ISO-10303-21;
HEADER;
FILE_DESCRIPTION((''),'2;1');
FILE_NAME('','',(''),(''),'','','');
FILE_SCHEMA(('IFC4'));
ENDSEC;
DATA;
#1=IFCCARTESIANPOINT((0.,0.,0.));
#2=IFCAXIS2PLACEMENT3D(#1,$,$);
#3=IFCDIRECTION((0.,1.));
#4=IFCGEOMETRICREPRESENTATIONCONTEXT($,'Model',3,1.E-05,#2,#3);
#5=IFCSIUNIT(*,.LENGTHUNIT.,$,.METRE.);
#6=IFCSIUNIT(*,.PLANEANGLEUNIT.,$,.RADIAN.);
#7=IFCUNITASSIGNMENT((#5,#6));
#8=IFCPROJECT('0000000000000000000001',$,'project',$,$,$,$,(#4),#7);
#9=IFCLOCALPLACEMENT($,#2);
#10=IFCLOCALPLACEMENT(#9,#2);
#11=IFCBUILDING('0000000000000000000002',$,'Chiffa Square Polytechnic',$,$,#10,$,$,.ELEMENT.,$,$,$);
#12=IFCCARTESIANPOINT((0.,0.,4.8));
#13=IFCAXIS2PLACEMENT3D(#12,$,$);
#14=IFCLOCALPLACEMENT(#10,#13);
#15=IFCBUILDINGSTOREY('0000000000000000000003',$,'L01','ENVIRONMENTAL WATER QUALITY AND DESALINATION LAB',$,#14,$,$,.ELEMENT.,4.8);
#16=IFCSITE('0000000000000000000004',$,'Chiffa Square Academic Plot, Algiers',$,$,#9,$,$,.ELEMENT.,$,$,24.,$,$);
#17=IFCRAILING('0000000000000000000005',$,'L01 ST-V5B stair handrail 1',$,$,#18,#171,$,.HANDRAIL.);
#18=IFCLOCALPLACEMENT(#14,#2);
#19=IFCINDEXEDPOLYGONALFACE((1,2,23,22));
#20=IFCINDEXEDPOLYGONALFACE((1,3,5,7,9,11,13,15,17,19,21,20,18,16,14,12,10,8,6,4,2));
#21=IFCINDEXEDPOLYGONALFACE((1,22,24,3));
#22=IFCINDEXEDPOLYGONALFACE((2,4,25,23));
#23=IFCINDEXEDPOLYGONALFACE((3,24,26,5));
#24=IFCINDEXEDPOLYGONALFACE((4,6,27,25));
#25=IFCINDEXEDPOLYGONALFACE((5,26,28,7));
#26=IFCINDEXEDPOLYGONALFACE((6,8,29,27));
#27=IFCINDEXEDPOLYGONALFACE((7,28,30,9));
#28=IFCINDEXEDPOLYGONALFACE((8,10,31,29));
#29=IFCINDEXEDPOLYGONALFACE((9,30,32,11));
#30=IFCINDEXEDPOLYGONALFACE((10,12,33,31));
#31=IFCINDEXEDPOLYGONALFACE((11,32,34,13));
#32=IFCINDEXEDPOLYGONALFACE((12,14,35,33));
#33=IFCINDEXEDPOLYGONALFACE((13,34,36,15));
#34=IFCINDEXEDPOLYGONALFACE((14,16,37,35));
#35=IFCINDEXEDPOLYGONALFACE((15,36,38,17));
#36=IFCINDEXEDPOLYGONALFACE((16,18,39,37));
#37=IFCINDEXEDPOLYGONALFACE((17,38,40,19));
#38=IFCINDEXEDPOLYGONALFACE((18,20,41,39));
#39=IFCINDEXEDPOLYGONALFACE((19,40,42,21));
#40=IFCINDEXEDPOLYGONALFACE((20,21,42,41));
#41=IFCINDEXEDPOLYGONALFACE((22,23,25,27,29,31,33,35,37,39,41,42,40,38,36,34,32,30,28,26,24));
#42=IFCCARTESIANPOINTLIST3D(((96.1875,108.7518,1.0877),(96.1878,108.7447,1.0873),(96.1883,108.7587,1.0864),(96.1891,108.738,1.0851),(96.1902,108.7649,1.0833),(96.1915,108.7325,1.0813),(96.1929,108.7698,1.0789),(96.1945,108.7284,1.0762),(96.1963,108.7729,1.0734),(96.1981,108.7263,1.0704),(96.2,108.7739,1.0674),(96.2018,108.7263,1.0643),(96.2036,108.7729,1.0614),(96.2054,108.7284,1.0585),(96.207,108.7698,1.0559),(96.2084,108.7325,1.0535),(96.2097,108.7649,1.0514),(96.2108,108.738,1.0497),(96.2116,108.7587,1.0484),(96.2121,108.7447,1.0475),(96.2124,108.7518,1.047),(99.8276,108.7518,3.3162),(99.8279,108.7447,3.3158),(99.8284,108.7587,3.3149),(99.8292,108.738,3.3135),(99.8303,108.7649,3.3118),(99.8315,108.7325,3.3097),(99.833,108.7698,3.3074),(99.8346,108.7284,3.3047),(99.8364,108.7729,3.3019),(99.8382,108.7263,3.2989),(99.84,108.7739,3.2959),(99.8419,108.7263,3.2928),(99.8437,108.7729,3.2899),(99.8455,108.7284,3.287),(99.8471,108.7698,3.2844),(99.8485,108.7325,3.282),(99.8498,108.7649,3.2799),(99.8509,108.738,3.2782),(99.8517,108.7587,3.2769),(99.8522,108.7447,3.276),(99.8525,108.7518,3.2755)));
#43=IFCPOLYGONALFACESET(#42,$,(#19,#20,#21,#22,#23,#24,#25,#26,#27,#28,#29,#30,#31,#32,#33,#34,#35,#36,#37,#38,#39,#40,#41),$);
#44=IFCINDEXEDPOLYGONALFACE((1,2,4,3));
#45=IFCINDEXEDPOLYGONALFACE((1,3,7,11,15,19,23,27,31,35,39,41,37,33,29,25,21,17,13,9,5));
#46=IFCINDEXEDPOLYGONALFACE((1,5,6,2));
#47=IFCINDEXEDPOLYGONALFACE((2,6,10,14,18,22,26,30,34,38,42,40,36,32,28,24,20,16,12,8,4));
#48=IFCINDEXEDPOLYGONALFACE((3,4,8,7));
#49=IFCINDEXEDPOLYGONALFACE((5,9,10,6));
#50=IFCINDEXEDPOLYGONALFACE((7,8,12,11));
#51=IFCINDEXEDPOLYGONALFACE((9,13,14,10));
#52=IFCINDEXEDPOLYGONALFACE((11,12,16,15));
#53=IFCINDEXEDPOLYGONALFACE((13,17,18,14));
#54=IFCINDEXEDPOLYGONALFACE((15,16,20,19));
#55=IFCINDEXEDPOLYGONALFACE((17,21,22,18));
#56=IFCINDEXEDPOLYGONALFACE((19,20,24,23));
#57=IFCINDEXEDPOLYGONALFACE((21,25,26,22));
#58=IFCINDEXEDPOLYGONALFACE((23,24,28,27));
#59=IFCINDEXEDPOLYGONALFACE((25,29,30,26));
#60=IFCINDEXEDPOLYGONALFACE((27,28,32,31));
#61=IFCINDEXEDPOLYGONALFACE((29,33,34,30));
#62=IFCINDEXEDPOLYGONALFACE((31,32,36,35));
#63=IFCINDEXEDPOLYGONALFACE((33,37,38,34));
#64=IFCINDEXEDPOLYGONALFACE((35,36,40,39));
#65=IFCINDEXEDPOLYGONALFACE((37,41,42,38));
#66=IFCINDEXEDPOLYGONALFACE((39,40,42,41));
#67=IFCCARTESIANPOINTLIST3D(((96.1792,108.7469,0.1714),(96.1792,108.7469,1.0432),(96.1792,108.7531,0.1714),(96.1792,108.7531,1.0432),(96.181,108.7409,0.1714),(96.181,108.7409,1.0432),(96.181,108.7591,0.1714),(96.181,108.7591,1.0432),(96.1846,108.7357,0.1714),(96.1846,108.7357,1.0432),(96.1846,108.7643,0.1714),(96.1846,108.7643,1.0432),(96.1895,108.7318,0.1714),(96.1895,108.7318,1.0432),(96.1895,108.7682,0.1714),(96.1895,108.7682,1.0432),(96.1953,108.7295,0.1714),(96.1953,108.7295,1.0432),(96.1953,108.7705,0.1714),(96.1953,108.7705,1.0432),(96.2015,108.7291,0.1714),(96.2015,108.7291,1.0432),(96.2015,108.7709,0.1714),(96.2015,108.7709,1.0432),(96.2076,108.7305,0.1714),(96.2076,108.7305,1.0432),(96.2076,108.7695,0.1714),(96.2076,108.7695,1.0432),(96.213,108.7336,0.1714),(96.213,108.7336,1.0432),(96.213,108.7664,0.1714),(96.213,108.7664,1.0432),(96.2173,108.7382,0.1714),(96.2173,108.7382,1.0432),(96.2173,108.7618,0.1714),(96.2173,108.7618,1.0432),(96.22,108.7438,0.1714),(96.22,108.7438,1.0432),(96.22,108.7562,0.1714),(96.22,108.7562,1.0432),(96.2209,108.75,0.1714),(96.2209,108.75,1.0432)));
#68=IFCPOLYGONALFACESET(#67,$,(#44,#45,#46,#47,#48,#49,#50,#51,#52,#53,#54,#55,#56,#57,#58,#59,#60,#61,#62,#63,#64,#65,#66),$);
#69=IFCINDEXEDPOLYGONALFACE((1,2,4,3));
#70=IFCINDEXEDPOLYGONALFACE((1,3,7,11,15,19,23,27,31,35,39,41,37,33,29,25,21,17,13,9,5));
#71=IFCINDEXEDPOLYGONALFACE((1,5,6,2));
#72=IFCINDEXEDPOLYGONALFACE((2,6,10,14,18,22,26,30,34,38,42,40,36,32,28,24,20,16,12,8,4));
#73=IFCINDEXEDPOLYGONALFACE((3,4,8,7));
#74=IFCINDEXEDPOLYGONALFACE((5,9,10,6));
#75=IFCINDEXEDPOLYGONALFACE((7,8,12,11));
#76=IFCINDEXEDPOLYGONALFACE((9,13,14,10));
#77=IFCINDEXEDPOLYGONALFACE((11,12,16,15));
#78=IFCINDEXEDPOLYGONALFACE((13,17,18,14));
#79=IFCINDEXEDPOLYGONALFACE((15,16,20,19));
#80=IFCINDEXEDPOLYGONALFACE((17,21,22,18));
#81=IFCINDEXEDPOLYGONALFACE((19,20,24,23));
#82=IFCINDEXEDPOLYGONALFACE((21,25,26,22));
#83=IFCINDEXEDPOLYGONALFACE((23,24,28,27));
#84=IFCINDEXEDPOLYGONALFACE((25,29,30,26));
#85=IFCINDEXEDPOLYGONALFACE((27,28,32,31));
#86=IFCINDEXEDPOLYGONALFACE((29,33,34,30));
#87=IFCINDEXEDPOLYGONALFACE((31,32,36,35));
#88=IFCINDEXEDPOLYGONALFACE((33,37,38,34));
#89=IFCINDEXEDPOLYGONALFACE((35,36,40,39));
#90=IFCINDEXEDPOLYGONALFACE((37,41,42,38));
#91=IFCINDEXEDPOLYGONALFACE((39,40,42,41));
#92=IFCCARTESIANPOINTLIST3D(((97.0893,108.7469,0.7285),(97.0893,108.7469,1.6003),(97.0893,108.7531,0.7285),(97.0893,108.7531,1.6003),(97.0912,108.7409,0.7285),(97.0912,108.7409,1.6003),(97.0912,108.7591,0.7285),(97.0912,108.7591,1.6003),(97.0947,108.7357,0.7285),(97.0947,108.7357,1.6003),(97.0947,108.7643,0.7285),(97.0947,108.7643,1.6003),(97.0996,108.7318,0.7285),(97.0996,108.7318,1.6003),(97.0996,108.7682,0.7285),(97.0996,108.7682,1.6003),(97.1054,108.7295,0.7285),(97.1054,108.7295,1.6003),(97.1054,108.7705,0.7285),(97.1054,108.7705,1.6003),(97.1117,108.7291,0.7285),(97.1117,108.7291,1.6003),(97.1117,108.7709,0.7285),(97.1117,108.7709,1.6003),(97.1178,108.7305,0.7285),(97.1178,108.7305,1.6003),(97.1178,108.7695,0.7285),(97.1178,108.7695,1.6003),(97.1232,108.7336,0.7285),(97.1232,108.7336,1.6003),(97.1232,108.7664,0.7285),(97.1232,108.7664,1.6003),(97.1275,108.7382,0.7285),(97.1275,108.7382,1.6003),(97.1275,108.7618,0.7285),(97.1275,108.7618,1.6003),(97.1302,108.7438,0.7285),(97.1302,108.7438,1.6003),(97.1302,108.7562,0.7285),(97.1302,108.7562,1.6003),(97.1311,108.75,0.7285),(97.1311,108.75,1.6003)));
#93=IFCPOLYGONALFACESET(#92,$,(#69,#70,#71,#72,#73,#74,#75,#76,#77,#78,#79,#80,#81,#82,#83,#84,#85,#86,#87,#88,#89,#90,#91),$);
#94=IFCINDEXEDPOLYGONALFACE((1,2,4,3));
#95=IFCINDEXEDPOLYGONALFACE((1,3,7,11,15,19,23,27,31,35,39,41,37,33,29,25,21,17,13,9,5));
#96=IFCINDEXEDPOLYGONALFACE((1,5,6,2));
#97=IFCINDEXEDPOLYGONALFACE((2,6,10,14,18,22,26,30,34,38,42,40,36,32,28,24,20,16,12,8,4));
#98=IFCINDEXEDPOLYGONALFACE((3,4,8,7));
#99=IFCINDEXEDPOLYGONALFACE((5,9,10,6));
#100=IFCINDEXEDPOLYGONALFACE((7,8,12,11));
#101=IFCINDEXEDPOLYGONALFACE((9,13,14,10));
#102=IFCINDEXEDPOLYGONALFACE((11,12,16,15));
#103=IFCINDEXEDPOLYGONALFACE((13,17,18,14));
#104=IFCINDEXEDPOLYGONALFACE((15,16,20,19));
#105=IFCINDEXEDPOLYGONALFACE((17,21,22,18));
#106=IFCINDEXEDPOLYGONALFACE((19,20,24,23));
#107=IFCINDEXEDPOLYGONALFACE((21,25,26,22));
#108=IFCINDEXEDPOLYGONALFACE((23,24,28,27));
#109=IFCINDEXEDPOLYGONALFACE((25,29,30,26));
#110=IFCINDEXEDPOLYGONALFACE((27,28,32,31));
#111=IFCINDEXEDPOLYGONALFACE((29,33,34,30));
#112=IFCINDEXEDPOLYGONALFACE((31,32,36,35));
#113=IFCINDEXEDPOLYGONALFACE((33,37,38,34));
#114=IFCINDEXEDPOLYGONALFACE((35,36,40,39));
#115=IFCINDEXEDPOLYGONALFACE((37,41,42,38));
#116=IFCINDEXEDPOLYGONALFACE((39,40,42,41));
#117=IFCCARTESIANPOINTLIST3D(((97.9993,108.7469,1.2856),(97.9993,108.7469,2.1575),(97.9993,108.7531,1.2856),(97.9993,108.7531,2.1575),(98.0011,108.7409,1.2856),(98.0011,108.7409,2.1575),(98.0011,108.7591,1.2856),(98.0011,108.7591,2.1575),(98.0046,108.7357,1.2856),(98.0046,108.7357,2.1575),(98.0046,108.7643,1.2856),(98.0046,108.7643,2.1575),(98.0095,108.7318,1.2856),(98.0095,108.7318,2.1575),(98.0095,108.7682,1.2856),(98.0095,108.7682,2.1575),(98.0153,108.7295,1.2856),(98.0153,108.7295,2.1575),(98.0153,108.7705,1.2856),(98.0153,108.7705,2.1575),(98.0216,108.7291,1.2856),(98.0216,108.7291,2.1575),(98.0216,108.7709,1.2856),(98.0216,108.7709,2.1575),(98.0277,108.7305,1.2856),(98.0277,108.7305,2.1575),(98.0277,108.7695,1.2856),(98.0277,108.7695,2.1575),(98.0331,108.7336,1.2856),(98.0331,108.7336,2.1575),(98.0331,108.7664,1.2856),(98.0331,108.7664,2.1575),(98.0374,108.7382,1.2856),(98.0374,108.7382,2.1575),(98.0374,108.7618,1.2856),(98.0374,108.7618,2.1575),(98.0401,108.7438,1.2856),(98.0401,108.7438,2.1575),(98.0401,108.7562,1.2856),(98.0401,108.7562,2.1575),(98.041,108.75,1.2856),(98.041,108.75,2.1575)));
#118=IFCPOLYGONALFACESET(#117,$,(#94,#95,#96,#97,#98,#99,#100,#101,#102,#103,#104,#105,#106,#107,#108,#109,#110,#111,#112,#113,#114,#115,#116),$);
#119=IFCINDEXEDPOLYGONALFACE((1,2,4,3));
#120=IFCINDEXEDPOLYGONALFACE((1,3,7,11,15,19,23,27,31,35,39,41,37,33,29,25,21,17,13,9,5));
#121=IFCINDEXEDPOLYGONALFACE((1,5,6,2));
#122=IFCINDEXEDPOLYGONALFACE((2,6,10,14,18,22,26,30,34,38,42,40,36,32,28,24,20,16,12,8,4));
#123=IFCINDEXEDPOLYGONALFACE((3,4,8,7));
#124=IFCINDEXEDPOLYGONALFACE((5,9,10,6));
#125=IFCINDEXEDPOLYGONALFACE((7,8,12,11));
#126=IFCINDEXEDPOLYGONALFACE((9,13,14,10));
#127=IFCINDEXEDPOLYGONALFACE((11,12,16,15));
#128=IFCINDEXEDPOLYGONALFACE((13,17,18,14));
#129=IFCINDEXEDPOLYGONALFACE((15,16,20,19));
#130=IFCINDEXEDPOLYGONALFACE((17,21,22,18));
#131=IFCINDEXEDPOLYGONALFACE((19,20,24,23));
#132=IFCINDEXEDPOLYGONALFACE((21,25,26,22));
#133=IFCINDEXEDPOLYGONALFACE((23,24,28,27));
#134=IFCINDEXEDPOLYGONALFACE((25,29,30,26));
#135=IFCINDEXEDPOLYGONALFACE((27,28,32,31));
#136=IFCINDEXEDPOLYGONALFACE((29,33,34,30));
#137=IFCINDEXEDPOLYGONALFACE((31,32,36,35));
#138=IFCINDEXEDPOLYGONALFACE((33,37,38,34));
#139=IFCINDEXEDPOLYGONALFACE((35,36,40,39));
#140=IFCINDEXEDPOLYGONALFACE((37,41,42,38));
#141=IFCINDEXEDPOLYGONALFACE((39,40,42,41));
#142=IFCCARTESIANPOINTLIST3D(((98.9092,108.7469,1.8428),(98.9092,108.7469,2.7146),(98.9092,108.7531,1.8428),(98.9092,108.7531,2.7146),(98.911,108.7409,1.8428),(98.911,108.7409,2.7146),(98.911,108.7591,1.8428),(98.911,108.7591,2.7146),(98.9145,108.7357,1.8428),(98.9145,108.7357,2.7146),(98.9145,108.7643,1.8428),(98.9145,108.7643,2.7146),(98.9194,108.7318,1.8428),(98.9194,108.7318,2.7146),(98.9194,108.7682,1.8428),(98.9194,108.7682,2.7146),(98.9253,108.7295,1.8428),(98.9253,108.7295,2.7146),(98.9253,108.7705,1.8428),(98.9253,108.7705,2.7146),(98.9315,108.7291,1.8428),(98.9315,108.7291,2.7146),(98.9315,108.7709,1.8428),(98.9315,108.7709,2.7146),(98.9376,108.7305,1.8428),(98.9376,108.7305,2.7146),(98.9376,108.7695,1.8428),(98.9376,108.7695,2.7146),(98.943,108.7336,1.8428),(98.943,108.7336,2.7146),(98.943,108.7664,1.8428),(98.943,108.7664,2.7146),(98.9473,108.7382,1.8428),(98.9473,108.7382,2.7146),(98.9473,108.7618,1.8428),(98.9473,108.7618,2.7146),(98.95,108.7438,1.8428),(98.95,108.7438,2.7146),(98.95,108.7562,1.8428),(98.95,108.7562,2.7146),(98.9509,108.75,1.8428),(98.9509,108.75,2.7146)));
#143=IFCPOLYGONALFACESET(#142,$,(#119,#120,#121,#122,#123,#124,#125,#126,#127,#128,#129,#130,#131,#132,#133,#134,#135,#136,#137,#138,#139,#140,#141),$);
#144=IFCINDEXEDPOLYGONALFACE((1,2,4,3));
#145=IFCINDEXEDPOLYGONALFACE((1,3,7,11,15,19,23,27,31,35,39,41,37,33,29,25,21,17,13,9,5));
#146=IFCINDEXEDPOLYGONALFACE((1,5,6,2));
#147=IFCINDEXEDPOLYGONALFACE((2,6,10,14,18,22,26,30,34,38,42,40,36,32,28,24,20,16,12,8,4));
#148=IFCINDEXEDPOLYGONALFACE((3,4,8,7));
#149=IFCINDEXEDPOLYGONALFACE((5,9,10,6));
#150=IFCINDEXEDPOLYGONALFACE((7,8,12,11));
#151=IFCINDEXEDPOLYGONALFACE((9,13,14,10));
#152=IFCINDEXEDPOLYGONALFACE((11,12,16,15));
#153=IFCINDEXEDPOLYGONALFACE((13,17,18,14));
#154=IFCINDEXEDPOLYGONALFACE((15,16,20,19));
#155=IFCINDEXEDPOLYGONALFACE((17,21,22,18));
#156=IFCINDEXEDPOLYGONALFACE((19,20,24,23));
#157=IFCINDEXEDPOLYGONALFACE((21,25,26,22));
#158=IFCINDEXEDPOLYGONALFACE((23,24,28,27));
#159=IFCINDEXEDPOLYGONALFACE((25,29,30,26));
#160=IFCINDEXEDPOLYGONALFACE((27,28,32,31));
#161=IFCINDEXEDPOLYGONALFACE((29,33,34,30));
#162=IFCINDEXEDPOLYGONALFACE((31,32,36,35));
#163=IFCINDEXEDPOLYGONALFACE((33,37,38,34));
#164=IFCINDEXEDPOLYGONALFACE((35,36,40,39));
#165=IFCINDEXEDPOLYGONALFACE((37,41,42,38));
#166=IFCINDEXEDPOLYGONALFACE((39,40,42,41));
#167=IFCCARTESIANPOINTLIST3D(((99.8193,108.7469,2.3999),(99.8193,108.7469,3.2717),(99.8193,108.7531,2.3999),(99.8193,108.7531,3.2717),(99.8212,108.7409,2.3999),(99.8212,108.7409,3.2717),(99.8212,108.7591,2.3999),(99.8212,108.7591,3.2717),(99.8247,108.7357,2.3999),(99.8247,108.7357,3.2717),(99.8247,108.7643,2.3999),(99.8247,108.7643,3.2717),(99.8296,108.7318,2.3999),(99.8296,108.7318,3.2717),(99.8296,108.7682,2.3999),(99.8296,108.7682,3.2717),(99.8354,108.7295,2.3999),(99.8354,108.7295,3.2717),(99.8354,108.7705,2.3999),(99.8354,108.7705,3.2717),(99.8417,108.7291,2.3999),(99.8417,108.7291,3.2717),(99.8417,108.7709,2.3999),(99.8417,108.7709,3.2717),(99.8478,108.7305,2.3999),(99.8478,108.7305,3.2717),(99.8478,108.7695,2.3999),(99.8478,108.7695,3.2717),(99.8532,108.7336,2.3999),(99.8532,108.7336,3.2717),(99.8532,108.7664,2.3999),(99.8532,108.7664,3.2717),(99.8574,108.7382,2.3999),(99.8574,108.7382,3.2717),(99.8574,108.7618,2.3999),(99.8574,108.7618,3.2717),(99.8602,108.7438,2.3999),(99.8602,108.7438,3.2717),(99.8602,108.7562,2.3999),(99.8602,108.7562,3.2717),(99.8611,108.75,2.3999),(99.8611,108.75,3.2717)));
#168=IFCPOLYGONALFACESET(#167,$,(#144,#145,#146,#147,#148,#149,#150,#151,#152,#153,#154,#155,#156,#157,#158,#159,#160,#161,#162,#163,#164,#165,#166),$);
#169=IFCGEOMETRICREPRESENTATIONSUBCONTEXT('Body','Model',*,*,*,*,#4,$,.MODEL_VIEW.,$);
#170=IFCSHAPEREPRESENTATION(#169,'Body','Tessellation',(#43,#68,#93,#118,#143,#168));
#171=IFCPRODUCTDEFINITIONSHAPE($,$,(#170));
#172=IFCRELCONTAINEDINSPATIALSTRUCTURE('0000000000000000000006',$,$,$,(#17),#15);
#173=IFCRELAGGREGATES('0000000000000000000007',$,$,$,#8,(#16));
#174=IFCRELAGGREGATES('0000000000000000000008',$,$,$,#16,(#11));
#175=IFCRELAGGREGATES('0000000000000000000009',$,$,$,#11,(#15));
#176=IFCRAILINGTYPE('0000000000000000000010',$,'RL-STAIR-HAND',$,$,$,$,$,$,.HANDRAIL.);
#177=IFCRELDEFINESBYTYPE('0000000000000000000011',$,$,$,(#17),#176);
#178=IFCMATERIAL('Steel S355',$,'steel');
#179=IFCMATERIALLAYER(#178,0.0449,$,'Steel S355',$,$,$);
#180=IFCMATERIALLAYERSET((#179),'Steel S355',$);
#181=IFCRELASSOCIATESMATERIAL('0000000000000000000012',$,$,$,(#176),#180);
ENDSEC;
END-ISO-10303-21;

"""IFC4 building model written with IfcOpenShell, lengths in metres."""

from ifc_helpers import new_model, si_unit, direction, frame, origin, origin_2d, place, context, subcontext, project, spatial, circle, extrude, material, layer, layer_set, type_object, element, save


model = new_model("IFC4")

# Units and contexts
model_context = context("Model", 3, precision=1e-05, world=origin(), true_north=direction((0.0, 1.0)))
body_context = subcontext(model_context, "Body", "Model", "MODEL_VIEW")
ifc_project = project(units=[si_unit("LENGTHUNIT", "METRE"), si_unit("PLANEANGLEUNIT", "RADIAN")], contexts=[model_context])

# Site, building, storey
site_placement = place(None, origin())
site = spatial("IfcSite", under=ifc_project, at=site_placement, Name="Chiffa Square Academic Plot, Algiers", CompositionType="ELEMENT", RefElevation=24.0)
building_placement = place(site_placement, origin())
building = spatial("IfcBuilding", under=site, at=building_placement, Name="Chiffa Square Polytechnic", CompositionType="ELEMENT")
storey_placement = place(building_placement, frame((0.0, 0.0, 4.8)))
storey = spatial("IfcBuildingStorey", under=building, at=storey_placement, Name="L01", Description="ENVIRONMENTAL WATER QUALITY AND DESALINATION LAB", CompositionType="ELEMENT", Elevation=4.8)

# Railing
ifc_material_1 = material(Name="Steel S355", Category="steel")
ifc_layer_1 = layer(ifc_material_1, 0.0449, Name="Steel S355")
ifc_layer_set_1 = layer_set([ifc_layer_1], Name="Steel S355")
railing_type_1 = type_object("IfcRailingType", Name="RL-STAIR-HAND", PredefinedType="HANDRAIL", material=ifc_layer_set_1)
railing_1_placement = place(storey_placement, frame((96.2, 108.75, 0.1714)))
element("IfcRailing", 1, at=railing_1_placement, inside=storey, type_object=railing_type_1, Name="L01 ST-V5B stair handrail 1", PredefinedType="HANDRAIL", context=body_context, shape_type="SweptSolid", body=[
    extrude(circle(Radius=0.0239, at=origin_2d()), frame((0.0, 0.0, 0.896), z_axis=(0.852866, 0.0, 0.52213), x_axis=(0.0, 1.0, 0.0)), (0.0, 0.0, 1.0), 4.2681),
    extrude(circle(Radius=0.021, at=origin_2d()), origin(), (0.0, 0.0, 1.0), 0.8718),
    extrude(circle(Radius=0.021, at=origin_2d()), frame((0.9102, 0.0, 0.5571)), (0.0, 0.0, 1.0), 0.8718),
    extrude(circle(Radius=0.021, at=origin_2d()), frame((1.8201, 0.0, 1.1143)), (0.0, 0.0, 1.0), 0.8718),
    extrude(circle(Radius=0.021, at=origin_2d()), frame((2.73, 0.0, 1.6714)), (0.0, 0.0, 1.0), 0.8718),
    extrude(circle(Radius=0.021, at=origin_2d()), frame((3.6401, 0.0, 2.2285)), (0.0, 0.0, 1.0), 0.8718),
])

save(model, "model.ifc")
